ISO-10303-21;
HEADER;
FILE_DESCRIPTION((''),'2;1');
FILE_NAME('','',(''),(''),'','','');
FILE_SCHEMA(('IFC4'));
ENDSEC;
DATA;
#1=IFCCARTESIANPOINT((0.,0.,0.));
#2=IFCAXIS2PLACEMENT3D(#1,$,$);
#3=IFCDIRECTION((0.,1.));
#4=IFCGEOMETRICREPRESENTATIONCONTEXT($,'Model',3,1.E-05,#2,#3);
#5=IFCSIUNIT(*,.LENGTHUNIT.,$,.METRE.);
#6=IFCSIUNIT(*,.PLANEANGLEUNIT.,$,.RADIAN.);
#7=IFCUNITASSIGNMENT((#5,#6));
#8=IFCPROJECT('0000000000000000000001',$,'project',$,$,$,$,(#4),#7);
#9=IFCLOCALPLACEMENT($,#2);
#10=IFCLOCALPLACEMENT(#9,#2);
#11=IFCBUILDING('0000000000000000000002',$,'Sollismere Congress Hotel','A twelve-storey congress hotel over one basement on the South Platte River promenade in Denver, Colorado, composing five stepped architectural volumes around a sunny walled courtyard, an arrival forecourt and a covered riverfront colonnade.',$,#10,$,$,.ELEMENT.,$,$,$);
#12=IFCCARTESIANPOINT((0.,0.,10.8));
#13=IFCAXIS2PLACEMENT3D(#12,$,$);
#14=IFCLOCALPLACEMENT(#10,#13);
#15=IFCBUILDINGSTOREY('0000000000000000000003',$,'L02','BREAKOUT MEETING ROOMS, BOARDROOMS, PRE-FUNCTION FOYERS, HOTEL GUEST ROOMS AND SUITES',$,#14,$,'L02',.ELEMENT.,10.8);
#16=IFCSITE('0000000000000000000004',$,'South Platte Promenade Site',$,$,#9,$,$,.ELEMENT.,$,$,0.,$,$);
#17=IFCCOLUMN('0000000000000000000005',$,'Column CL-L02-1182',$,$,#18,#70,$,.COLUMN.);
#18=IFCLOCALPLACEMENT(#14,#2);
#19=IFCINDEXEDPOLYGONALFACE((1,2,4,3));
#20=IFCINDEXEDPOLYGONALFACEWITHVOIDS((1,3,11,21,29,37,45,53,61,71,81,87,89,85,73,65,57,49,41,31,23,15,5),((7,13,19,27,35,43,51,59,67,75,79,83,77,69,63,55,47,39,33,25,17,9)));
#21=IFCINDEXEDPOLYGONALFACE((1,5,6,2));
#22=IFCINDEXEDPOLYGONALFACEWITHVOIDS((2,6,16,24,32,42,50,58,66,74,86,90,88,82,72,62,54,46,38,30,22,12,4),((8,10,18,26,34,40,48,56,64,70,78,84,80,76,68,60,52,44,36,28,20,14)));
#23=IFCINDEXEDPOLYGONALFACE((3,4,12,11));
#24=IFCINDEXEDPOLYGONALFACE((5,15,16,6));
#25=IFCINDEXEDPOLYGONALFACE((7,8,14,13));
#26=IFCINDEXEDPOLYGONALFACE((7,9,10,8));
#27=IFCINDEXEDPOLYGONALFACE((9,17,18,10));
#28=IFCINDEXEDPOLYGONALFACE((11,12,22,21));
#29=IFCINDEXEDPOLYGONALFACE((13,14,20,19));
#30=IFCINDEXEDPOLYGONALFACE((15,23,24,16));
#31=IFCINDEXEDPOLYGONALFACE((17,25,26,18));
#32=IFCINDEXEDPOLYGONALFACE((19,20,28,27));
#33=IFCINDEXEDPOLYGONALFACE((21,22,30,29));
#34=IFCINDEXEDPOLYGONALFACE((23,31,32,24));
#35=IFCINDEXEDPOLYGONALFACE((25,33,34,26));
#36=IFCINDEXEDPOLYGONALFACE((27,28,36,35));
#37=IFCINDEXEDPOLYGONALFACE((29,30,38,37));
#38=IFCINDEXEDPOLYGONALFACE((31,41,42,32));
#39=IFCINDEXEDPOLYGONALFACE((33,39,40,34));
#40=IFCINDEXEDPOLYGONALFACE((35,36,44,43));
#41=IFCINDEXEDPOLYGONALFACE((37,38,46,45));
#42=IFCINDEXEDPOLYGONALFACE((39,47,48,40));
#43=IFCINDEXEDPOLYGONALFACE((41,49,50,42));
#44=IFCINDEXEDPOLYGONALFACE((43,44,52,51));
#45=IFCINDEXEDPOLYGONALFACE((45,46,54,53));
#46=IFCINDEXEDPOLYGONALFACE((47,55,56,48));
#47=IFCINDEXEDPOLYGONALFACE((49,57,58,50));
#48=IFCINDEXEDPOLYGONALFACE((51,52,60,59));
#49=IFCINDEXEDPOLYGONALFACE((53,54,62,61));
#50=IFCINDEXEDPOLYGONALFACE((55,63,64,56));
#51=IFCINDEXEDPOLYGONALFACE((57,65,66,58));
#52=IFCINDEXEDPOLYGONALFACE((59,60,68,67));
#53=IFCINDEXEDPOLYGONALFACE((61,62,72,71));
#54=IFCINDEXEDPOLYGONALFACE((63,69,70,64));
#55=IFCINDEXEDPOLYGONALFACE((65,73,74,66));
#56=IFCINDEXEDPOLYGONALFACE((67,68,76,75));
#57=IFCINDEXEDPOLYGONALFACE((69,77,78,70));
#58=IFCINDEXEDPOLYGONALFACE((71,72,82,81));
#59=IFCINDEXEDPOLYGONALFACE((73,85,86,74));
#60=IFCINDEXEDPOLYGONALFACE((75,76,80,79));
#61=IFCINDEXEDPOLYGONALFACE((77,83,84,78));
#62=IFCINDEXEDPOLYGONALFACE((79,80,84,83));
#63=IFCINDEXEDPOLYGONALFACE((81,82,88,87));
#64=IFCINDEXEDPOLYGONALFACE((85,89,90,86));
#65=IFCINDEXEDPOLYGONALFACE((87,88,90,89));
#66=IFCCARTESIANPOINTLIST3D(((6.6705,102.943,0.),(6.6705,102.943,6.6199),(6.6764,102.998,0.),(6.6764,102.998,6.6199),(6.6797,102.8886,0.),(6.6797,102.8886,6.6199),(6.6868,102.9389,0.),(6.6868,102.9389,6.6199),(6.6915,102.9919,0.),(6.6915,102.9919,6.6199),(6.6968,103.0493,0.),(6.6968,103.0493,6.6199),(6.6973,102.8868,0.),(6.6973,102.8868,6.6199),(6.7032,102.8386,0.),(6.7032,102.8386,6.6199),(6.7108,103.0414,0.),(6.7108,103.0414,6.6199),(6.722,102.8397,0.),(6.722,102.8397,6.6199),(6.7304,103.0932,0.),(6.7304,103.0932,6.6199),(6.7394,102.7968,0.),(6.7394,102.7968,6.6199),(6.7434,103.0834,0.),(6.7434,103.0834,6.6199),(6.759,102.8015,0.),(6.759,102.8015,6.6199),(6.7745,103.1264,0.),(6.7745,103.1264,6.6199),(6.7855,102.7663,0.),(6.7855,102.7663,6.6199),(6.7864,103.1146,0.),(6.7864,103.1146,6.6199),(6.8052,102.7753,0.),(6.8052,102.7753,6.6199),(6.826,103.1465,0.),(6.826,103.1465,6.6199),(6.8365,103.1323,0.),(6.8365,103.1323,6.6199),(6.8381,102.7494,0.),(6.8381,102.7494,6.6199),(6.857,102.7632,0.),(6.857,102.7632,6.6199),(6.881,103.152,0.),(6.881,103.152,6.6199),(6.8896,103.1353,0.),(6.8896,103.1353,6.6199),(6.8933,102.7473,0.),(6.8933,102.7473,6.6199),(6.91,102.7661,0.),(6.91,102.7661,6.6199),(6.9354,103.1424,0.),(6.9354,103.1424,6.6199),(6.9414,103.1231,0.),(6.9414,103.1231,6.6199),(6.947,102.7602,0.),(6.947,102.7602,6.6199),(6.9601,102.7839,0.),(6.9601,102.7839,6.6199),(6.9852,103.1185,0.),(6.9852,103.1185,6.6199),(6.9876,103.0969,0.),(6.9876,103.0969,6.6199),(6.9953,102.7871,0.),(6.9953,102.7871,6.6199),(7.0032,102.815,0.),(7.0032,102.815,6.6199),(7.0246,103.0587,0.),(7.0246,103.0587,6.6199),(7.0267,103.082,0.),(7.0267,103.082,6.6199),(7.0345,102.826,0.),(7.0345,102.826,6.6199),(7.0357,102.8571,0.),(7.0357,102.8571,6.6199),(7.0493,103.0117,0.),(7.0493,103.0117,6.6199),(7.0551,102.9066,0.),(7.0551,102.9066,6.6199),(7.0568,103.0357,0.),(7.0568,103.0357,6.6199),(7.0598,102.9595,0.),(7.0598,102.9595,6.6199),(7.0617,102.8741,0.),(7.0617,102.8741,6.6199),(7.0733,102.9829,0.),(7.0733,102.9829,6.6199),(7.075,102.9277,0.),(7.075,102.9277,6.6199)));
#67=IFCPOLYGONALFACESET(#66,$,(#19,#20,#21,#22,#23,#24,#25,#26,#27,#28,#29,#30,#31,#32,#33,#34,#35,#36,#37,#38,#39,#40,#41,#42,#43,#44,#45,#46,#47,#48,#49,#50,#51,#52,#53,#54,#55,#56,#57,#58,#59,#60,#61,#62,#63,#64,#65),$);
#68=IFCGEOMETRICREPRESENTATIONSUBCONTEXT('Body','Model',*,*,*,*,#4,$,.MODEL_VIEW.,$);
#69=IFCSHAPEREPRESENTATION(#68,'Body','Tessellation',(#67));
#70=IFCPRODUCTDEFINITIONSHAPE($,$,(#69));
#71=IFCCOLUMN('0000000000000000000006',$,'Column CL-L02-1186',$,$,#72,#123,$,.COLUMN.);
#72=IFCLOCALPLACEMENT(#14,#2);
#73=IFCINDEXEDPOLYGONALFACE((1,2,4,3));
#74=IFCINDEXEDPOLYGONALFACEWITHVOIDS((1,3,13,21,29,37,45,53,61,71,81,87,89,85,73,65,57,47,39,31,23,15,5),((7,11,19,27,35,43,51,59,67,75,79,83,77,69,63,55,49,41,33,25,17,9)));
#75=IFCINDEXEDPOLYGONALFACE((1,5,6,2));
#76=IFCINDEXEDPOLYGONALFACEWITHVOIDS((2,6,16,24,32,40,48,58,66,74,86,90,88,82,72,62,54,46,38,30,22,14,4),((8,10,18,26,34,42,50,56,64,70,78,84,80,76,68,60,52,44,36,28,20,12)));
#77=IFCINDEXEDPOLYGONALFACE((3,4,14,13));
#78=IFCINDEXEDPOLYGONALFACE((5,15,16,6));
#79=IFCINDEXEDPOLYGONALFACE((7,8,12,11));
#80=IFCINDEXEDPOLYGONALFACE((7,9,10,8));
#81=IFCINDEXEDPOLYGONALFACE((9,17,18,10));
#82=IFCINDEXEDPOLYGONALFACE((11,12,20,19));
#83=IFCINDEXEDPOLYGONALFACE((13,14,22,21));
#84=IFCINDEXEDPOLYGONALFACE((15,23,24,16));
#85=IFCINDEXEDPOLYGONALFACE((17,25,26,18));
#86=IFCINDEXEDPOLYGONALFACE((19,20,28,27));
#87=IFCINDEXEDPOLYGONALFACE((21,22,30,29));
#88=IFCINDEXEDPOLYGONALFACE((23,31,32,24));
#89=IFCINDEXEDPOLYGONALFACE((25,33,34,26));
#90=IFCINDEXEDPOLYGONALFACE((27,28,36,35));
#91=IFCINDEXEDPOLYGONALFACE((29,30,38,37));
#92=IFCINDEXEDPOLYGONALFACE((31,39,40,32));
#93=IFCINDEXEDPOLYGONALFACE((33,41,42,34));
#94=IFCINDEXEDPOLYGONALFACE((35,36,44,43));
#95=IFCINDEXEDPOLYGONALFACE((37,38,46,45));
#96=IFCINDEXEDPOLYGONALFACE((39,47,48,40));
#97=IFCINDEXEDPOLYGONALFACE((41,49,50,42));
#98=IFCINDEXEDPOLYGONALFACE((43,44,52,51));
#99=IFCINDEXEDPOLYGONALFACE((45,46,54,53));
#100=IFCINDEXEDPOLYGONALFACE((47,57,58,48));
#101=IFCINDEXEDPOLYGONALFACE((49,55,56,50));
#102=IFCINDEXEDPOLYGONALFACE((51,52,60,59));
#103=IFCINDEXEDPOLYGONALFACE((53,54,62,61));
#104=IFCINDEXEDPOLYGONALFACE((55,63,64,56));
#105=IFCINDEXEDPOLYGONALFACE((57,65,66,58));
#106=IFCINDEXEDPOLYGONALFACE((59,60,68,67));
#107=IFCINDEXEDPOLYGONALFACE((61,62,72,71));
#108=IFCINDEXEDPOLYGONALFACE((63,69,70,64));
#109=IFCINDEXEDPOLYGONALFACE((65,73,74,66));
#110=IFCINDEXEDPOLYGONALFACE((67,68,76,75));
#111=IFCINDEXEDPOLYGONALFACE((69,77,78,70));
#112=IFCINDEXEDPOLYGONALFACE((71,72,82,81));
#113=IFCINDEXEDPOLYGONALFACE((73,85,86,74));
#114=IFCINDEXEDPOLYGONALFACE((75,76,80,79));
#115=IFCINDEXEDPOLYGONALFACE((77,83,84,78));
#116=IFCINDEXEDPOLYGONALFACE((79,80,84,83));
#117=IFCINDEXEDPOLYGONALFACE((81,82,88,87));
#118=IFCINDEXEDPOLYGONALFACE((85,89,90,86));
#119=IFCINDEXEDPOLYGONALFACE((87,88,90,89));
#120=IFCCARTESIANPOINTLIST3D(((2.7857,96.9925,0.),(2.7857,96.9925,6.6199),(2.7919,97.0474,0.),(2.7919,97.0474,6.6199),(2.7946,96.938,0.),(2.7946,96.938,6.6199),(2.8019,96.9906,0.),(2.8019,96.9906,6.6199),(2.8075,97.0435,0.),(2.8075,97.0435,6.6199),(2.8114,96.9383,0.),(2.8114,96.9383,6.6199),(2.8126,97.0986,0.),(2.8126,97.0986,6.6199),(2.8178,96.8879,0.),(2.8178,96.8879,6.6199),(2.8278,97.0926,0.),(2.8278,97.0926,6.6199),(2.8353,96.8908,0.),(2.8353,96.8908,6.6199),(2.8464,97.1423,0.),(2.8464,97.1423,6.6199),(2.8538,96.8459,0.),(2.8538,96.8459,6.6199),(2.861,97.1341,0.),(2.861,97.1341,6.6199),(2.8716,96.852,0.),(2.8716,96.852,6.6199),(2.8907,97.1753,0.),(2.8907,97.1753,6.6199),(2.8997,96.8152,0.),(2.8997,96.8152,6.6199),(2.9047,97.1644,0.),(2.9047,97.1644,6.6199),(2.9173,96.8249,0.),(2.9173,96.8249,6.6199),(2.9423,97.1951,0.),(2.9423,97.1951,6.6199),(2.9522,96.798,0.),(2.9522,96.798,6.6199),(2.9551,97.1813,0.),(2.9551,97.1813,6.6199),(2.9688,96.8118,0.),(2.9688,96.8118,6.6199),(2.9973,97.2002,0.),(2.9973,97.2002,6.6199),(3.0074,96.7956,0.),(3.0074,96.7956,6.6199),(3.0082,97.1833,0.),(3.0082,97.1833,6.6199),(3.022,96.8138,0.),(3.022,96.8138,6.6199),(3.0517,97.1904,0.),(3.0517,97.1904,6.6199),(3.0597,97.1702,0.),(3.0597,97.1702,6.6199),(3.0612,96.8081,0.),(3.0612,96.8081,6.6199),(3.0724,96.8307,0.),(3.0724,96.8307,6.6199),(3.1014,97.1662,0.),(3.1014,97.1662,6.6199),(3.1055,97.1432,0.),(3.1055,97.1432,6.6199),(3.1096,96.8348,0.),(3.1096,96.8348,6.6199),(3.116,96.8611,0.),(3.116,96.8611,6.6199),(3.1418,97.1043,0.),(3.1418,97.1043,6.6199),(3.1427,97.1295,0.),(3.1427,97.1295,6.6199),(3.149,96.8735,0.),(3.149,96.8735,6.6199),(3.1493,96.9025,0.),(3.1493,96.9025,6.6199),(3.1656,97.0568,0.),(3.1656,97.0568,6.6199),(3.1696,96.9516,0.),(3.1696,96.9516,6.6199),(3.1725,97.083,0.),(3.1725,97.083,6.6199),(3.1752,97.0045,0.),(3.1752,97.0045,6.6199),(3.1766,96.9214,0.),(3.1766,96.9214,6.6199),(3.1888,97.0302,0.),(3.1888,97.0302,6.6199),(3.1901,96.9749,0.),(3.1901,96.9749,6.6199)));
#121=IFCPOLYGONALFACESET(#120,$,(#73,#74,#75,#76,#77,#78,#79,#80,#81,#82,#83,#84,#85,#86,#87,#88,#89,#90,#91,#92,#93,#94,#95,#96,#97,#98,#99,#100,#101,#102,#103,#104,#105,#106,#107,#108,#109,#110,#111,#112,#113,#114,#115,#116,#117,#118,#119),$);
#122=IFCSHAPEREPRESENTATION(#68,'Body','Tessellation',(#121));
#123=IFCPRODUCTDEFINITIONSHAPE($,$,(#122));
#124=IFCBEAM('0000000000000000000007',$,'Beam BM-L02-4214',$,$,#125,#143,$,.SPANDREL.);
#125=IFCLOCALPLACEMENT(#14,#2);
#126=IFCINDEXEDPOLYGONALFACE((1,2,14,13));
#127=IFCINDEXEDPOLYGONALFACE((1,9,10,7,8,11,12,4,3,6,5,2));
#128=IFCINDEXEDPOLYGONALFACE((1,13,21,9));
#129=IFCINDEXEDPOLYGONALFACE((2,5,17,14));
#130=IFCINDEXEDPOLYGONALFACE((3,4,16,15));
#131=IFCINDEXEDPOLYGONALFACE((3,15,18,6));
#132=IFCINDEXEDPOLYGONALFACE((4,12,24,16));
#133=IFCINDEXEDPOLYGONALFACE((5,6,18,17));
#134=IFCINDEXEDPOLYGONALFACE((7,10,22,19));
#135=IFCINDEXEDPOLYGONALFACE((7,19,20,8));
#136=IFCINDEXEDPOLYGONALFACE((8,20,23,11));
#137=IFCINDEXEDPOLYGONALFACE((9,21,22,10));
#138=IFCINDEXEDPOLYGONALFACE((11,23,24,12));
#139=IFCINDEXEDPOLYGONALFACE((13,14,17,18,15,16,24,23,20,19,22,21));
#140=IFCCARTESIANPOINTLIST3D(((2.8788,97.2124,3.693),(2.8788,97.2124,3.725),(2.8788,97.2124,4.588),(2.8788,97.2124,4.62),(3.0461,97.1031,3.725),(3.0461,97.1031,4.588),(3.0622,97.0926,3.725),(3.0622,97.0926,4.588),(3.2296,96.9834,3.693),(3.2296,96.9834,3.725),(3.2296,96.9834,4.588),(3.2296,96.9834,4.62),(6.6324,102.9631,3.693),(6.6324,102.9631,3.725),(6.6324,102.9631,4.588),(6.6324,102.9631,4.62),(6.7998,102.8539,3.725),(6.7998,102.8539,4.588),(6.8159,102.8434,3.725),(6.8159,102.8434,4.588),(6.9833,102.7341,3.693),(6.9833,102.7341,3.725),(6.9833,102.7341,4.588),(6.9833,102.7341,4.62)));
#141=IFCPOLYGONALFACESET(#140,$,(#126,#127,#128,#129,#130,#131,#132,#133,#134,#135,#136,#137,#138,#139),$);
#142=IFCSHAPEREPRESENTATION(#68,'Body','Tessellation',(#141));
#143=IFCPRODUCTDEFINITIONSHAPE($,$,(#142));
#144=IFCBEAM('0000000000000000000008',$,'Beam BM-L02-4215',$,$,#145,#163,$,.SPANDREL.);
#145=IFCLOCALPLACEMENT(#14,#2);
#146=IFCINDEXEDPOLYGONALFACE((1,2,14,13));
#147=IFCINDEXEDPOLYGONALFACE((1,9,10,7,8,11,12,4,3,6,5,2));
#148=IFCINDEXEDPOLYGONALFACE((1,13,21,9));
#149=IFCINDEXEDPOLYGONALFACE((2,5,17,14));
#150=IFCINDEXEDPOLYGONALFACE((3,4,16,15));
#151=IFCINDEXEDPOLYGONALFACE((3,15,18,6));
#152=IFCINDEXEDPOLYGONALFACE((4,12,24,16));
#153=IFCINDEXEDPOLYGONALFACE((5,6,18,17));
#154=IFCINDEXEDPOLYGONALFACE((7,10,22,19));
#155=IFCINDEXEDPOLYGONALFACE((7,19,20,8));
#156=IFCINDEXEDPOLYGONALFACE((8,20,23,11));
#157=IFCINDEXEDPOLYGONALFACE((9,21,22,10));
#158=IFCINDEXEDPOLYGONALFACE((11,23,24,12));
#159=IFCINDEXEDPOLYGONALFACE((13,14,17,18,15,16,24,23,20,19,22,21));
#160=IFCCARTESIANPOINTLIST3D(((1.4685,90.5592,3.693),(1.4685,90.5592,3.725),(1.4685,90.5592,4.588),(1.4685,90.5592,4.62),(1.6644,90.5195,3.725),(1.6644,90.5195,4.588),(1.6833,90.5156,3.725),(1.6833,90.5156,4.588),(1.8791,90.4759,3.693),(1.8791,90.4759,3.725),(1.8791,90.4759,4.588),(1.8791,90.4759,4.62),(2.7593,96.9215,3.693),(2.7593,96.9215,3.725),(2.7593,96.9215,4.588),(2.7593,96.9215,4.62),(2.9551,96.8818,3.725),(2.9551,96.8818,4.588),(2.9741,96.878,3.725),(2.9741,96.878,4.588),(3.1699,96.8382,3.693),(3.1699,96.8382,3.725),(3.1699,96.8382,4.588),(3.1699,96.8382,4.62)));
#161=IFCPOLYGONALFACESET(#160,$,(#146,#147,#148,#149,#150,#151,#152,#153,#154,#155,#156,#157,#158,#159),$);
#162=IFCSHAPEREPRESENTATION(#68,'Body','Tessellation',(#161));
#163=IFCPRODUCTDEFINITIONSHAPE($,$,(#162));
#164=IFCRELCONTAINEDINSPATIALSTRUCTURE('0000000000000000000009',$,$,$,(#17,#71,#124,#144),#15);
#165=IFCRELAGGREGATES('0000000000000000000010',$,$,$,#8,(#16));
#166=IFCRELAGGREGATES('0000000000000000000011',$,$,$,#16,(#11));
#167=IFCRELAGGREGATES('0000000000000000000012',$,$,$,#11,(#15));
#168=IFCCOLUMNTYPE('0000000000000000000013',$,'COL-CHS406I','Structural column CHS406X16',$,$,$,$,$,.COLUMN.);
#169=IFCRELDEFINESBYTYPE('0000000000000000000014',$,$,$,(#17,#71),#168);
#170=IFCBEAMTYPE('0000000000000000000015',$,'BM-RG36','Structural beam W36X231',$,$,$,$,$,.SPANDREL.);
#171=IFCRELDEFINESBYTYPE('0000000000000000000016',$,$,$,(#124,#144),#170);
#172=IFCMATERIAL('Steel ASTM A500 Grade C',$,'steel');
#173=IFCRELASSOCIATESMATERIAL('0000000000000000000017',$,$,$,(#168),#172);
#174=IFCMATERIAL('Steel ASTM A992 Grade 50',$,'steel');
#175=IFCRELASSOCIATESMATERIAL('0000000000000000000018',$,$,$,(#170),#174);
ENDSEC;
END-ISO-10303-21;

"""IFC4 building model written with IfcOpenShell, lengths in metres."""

from ifc_helpers import new_model, si_unit, direction, frame, origin, origin_2d, place, context, subcontext, project, spatial, hollow_circle, i_section, extrude, material, material_profile, profile_set, type_object, element, save


model = new_model("IFC4")

# Units and contexts
model_context = context("Model", 3, precision=1e-05, world=origin(), true_north=direction((0.0, 1.0)))
body_context = subcontext(model_context, "Body", "Model", "MODEL_VIEW")
ifc_project = project(units=[si_unit("LENGTHUNIT", "METRE"), si_unit("PLANEANGLEUNIT", "RADIAN")], contexts=[model_context])

# Site, building, storey
site_placement = place(None, origin())
site = spatial("IfcSite", under=ifc_project, at=site_placement, Name="South Platte Promenade Site", CompositionType="ELEMENT", RefElevation=0.0)
building_placement = place(site_placement, origin())
building = spatial("IfcBuilding", under=site, at=building_placement, Name="Sollismere Congress Hotel", Description="A twelve-storey congress hotel over one basement on the South Platte River promenade in Denver, Colorado, composing five stepped architectural volumes around a sunny walled courtyard, an arrival forecourt and a covered riverfront colonnade.", CompositionType="ELEMENT")
storey_placement = place(building_placement, frame((0.0, 0.0, 10.8)))
storey = spatial("IfcBuildingStorey", under=building, at=storey_placement, Name="L02", Description="BREAKOUT MEETING ROOMS, BOARDROOMS, PRE-FUNCTION FOYERS, HOTEL GUEST ROOMS AND SUITES", LongName="L02", CompositionType="ELEMENT", Elevation=10.8)

# Columns
ifc_material_1 = material(Name="Steel ASTM A500 Grade C", Category="steel")
ifc_material_profile_1 = material_profile(ifc_material_1, hollow_circle(Radius=0.2029, WallThickness=0.0161, at=origin_2d()), Name="CHS406X16")
ifc_profile_set_1 = profile_set([ifc_material_profile_1], Name="Steel ASTM A500 Grade C")
column_type = type_object("IfcColumnType", Name="COL-CHS406I", Description="Structural column CHS406X16", PredefinedType="COLUMN", material=ifc_profile_set_1)
for number, where, z_axis, x_axis, name in (
    (1, (6.8733, 102.9492, 0.0), (0.0, 0.0, 1.0), (-0.86984, 0.493335, 0.0), "Column CL-L02-1182"),
    (2, (2.9885, 96.9976, 0.0), (0.0, 0.0, 1.0), (-0.969317, 0.245815, 0.0), "Column CL-L02-1186"),
):
    element("IfcColumn", number, at=place(storey_placement, frame(where, z_axis=z_axis, x_axis=x_axis)), inside=storey, type_object=column_type, Name=name, PredefinedType="COLUMN", context=body_context, shape_type="SweptSolid", body=[
        extrude(hollow_circle(Radius=0.2029, WallThickness=0.0161, at=origin_2d()), origin(), (0.0, 0.0, 1.0), 6.6199),
    ])

# Beams
ifc_material_2 = material(Name="Steel ASTM A992 Grade 50", Category="steel")
ifc_material_profile_2 = material_profile(ifc_material_2, i_section(OverallWidth=0.4189, OverallDepth=0.927, WebThickness=0.0193, FlangeThickness=0.032, at=origin_2d()), Name="W36X231")
ifc_profile_set_2 = profile_set([ifc_material_profile_2], Name="Steel ASTM A992 Grade 50")
beam_type = type_object("IfcBeamType", Name="BM-RG36", Description="Structural beam W36X231", PredefinedType="SPANDREL", material=ifc_profile_set_2)
beam_1_placement = place(storey_placement, frame((6.8079, 102.8486, 4.1565), z_axis=(-0.546593, -0.837398, 0.0), x_axis=(0.837398, -0.546593, 0.0)))
element("IfcBeam", 3, at=beam_1_placement, inside=storey, type_object=beam_type, Name="Beam BM-L02-4214", PredefinedType="SPANDREL", context=body_context, shape_type="SweptSolid", body=[
    extrude(i_section(OverallWidth=0.4189, OverallDepth=0.927, WebThickness=0.0193, FlangeThickness=0.032, at=origin_2d()), origin(), (0.0, 0.0, 1.0), 6.8674),
])
beam_2_placement = place(storey_placement, frame((2.9646, 96.8799, 4.1565), z_axis=(-0.198827, -0.980035, 0.0), x_axis=(0.980035, -0.198827, 0.0)))
element("IfcBeam", 4, at=beam_2_placement, inside=storey, type_object=beam_type, Name="Beam BM-L02-4215", PredefinedType="SPANDREL", context=body_context, shape_type="SweptSolid", body=[
    extrude(i_section(OverallWidth=0.4189, OverallDepth=0.927, WebThickness=0.0193, FlangeThickness=0.032, at=origin_2d()), origin(), (0.0, 0.0, 1.0), 6.4919),
])

save(model, "model.ifc")
